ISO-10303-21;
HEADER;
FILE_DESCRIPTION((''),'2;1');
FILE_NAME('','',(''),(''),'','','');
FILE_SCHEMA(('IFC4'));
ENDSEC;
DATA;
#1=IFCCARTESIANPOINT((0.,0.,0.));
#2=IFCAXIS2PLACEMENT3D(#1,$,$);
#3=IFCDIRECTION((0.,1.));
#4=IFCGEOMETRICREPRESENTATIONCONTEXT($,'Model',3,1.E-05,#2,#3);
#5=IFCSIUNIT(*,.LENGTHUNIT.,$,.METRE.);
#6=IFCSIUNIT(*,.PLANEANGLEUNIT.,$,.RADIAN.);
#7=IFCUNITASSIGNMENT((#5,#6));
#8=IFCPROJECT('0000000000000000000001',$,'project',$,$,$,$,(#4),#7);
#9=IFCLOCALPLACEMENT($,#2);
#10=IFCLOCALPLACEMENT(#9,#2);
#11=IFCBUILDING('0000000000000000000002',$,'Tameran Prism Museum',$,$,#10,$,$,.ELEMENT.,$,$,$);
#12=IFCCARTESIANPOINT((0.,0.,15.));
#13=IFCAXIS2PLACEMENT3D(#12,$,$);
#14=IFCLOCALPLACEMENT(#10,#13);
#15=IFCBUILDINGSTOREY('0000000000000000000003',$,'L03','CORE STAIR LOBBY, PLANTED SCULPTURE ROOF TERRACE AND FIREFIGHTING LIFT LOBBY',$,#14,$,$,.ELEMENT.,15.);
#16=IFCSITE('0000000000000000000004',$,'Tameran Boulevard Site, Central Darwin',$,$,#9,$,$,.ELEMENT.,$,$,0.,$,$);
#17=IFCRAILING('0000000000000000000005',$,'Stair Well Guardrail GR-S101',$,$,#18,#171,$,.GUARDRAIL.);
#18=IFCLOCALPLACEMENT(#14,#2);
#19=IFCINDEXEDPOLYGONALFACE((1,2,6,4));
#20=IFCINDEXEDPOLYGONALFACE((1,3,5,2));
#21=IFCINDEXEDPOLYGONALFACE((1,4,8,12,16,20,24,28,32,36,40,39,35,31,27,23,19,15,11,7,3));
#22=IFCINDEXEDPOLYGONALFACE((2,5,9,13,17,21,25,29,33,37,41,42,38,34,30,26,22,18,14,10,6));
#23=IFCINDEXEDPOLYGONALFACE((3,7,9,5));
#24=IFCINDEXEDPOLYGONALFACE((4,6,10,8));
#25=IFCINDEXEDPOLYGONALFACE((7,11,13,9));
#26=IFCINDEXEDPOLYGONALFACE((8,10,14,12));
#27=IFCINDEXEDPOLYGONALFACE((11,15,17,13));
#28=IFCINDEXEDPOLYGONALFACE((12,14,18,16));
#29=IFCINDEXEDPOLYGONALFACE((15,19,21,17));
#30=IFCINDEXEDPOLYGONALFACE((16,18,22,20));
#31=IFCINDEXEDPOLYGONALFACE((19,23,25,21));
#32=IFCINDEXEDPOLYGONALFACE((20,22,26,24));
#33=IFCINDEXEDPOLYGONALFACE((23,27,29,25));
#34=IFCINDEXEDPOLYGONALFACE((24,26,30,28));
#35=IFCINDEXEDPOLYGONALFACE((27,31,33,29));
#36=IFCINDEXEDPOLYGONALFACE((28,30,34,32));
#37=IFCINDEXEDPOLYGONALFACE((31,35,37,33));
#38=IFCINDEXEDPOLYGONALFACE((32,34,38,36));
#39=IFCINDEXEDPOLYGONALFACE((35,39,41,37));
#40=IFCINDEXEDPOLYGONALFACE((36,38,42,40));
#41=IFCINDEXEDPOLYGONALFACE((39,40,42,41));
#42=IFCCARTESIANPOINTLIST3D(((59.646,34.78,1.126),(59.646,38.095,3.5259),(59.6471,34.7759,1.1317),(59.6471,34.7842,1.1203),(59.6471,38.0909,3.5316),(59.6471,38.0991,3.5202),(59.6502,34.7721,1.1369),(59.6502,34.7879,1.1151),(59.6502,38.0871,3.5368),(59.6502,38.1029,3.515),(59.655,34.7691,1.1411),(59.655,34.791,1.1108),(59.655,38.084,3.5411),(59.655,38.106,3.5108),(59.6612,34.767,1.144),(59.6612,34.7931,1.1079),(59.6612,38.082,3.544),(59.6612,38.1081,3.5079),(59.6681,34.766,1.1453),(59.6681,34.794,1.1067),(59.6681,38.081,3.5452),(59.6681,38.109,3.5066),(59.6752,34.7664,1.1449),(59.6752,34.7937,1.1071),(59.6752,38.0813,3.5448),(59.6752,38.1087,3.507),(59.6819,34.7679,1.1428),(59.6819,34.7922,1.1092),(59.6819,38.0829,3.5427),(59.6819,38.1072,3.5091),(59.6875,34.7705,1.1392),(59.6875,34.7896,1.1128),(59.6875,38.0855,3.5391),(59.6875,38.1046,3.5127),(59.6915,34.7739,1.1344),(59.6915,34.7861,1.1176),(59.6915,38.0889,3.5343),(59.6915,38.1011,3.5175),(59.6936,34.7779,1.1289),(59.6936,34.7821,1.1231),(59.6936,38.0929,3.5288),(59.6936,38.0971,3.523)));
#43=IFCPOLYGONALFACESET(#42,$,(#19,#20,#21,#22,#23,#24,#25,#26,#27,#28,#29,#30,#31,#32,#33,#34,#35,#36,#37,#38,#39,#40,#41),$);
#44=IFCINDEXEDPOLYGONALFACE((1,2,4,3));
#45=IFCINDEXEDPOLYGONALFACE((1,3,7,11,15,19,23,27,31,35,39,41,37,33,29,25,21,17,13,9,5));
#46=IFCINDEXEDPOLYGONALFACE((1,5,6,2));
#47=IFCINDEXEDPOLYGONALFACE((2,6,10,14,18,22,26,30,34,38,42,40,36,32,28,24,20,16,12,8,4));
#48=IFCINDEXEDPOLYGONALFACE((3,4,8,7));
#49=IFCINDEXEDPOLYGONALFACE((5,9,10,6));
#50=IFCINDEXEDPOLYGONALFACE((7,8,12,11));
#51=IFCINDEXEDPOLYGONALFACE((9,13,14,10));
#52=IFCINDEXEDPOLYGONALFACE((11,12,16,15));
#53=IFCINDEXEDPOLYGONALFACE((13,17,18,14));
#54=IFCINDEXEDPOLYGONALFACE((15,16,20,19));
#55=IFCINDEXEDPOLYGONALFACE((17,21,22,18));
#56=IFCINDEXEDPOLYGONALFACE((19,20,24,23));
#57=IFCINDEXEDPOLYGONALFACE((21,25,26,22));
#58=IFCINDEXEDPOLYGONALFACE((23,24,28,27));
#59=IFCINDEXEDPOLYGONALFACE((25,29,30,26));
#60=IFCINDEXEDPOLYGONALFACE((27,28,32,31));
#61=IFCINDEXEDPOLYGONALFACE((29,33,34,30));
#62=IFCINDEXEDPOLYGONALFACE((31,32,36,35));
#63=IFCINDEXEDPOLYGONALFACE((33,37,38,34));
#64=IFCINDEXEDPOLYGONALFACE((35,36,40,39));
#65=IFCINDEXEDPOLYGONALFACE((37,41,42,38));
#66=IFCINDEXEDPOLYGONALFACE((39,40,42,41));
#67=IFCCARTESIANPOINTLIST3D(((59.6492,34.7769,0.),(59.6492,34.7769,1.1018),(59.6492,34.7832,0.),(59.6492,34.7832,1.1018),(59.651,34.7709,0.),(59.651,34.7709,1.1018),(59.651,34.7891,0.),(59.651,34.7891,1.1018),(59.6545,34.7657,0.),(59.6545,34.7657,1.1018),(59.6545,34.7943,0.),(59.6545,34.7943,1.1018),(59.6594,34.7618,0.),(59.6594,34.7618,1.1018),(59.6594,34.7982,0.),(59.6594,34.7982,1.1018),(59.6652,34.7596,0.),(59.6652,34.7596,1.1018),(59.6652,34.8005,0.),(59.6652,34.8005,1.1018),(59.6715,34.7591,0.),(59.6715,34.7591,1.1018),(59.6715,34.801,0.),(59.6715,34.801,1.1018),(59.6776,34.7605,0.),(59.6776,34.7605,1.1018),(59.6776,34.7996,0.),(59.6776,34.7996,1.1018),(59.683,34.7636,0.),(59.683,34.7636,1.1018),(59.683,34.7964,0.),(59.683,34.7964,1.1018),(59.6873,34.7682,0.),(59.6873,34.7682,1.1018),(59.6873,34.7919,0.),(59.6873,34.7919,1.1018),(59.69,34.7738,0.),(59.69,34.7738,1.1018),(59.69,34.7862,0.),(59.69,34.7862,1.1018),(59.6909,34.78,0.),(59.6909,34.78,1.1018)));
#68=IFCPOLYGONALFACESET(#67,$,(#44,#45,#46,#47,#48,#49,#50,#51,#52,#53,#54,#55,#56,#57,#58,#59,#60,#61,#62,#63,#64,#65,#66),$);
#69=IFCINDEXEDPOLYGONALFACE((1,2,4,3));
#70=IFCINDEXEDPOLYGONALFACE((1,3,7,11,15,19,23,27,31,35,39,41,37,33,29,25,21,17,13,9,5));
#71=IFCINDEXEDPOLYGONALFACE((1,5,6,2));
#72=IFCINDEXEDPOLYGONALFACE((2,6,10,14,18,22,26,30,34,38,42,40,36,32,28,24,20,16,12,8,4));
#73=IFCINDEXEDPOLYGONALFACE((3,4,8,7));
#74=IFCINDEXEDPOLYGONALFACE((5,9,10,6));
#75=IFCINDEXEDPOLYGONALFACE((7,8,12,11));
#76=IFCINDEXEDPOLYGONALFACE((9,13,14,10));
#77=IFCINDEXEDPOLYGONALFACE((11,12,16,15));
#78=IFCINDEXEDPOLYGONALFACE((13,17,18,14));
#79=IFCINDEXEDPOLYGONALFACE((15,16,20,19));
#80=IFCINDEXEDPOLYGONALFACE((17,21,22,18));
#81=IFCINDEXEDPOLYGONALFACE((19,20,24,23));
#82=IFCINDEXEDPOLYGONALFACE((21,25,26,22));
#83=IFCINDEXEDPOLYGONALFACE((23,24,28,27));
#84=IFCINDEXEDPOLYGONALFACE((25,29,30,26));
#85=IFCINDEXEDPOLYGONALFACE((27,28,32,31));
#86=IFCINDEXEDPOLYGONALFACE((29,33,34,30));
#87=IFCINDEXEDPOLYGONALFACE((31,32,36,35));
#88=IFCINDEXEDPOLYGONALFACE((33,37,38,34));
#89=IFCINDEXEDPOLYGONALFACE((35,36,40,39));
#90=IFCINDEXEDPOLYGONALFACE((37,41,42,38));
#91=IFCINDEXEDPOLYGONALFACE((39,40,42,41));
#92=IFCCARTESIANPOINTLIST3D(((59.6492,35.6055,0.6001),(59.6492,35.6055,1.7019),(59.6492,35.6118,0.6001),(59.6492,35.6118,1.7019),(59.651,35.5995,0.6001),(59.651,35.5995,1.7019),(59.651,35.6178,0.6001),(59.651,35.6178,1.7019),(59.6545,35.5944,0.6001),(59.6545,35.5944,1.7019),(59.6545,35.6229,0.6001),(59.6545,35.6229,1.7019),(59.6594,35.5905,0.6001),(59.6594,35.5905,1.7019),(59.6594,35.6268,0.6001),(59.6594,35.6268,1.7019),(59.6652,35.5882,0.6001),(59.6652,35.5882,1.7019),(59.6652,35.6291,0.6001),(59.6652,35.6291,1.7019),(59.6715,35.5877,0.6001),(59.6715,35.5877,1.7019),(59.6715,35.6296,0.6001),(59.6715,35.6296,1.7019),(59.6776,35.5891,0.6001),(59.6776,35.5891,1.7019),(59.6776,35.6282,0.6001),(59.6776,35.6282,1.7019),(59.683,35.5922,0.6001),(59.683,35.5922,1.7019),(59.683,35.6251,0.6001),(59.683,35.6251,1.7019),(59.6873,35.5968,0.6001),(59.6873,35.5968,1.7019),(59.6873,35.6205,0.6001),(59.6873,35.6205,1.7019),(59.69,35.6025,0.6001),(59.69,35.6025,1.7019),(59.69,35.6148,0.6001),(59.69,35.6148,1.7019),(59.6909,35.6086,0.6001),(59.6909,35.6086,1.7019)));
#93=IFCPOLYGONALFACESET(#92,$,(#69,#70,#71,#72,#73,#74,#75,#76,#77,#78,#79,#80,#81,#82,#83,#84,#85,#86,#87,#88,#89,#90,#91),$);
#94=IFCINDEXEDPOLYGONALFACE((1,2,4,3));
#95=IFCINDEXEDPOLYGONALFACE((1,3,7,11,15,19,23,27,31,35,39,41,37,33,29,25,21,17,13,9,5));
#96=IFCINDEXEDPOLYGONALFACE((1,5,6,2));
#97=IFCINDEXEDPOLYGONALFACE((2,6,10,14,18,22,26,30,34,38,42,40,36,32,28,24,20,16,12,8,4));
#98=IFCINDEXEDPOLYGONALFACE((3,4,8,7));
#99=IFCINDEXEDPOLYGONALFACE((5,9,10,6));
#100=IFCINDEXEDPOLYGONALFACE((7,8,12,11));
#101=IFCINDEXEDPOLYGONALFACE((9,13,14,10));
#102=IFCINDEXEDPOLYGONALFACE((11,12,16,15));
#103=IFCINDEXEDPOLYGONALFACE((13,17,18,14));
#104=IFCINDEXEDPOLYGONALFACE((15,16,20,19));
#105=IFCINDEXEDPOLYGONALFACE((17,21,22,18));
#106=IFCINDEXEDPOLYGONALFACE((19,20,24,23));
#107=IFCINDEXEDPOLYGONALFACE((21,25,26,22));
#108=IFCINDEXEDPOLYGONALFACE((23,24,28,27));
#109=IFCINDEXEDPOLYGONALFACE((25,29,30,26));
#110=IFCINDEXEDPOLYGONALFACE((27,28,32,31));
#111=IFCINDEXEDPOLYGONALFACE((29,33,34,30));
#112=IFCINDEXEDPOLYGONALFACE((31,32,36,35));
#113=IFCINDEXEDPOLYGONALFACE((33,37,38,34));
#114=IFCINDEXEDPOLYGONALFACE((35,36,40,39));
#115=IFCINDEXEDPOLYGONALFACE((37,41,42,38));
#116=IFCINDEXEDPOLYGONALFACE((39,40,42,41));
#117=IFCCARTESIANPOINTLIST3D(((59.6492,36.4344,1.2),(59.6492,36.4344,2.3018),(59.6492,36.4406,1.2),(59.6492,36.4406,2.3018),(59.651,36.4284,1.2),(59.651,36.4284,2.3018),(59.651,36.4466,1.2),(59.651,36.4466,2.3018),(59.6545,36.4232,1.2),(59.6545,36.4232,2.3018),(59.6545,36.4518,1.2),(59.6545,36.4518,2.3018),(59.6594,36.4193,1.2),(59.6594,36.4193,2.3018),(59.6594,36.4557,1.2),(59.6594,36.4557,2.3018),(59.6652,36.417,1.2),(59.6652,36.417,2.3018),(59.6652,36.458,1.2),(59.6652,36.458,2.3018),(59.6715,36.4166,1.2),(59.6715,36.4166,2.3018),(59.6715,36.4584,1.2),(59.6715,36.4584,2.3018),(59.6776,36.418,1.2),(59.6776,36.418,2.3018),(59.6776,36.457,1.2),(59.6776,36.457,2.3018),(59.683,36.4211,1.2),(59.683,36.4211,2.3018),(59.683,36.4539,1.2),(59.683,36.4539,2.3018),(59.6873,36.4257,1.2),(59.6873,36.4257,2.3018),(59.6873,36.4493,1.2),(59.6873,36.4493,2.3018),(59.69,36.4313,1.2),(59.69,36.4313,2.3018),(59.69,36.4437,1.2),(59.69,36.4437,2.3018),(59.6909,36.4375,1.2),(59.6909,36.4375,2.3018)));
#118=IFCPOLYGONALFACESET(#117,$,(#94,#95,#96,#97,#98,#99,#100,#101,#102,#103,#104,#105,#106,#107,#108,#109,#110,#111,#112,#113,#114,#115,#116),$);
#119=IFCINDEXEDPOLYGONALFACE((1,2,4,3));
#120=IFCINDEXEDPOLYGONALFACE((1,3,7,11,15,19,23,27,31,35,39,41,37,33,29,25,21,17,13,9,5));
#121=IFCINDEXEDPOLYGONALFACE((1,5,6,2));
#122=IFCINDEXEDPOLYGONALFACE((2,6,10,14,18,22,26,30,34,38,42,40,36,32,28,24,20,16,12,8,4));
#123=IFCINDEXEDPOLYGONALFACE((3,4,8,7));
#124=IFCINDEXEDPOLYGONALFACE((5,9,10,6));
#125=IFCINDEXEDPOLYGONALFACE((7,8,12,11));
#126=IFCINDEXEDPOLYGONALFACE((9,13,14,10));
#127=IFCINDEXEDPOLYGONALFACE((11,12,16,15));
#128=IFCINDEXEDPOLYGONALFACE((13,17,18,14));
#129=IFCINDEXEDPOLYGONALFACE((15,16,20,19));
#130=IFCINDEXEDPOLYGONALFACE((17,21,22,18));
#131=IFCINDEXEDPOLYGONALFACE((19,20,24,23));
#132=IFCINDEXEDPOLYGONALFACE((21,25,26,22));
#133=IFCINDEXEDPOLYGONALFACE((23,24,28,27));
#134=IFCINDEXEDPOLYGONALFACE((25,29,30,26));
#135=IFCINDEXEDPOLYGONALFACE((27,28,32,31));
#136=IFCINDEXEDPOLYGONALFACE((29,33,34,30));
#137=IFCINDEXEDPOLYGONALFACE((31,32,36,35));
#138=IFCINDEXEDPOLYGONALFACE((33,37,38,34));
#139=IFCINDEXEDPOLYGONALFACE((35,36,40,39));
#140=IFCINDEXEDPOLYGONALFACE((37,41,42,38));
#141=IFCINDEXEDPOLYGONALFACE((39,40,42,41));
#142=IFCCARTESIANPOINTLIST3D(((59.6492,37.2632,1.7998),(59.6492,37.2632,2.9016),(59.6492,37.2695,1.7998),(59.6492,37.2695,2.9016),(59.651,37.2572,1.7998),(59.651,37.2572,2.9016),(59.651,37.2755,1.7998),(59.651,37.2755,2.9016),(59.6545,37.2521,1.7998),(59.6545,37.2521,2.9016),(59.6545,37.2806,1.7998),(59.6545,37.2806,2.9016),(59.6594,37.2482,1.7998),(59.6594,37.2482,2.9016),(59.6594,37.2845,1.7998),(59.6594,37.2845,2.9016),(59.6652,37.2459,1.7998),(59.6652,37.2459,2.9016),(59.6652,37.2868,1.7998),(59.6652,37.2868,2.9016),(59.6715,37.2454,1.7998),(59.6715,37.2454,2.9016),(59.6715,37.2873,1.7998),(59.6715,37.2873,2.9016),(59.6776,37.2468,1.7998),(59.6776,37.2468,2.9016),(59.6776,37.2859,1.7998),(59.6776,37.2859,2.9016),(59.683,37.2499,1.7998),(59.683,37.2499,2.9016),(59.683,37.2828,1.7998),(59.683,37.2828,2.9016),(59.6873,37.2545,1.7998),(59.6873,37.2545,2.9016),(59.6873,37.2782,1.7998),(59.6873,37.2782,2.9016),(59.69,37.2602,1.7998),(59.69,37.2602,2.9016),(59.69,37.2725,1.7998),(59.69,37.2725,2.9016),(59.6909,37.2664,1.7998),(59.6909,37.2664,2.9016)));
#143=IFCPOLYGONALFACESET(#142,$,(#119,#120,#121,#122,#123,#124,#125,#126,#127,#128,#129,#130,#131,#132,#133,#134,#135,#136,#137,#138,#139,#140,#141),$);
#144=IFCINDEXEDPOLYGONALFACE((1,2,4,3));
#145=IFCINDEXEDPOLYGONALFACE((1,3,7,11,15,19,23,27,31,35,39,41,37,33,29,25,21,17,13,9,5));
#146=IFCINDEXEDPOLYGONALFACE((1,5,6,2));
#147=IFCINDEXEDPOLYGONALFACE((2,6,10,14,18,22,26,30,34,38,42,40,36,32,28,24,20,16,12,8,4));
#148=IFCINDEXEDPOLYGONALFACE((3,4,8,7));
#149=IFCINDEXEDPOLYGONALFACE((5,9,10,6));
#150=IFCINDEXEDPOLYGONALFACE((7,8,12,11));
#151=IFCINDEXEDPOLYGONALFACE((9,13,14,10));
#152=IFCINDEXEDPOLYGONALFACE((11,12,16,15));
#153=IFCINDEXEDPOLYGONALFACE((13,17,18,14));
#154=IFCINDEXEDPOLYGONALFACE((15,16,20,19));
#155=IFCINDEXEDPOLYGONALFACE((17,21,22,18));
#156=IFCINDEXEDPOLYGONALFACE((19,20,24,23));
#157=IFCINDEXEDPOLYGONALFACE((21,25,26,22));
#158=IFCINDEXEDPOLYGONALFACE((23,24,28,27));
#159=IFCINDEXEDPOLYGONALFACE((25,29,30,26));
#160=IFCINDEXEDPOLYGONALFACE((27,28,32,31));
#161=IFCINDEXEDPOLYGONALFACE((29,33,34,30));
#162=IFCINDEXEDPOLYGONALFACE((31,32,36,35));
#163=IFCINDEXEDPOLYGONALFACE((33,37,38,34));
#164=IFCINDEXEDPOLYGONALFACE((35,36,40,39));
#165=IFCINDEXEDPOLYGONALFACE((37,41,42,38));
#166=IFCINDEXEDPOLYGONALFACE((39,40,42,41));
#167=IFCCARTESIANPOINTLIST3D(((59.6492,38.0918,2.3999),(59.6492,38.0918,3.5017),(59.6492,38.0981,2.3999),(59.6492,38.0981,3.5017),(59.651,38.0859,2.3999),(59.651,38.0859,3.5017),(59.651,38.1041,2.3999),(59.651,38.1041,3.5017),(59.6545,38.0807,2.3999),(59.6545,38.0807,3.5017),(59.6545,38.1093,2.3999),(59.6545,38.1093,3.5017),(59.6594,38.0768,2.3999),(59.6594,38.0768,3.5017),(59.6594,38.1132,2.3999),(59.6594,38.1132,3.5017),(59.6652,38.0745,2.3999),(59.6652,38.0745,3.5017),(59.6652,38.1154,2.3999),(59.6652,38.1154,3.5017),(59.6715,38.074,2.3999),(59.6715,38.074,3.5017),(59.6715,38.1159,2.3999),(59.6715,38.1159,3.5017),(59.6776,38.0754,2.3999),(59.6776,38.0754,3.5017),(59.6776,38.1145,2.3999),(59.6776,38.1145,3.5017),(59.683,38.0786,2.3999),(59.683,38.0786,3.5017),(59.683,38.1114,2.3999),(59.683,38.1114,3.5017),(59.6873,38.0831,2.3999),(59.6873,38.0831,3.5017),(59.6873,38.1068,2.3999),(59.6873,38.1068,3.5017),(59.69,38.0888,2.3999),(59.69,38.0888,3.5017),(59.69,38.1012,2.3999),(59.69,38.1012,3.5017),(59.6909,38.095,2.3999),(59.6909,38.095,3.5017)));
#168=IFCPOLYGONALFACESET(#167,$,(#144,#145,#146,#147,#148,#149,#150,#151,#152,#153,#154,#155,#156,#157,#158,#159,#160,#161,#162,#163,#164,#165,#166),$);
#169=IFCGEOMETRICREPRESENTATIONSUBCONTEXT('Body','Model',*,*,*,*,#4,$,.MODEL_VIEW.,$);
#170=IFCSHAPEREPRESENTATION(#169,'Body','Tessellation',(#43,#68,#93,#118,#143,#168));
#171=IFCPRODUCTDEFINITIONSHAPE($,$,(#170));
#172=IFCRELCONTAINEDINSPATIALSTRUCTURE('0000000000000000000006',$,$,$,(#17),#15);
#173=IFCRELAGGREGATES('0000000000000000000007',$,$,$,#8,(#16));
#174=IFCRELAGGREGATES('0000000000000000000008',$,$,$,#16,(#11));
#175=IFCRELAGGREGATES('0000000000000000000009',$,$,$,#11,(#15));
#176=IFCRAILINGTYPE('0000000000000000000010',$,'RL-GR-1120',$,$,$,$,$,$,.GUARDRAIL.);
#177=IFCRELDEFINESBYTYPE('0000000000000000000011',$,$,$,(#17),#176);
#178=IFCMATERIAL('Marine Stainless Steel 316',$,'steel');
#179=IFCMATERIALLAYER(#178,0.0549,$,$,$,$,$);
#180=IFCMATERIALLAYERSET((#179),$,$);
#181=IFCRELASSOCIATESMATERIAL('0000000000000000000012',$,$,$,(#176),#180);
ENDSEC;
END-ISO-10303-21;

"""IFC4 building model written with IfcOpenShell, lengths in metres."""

from ifc_helpers import new_model, si_unit, direction, frame, origin, origin_2d, place, context, subcontext, project, spatial, circle, extrude, material, layer, layer_set, type_object, element, save


model = new_model("IFC4")

# Units and contexts
model_context = context("Model", 3, precision=1e-05, world=origin(), true_north=direction((0.0, 1.0)))
body_context = subcontext(model_context, "Body", "Model", "MODEL_VIEW")
ifc_project = project(units=[si_unit("LENGTHUNIT", "METRE"), si_unit("PLANEANGLEUNIT", "RADIAN")], contexts=[model_context])

# Site, building, storey
site_placement = place(None, origin())
site = spatial("IfcSite", under=ifc_project, at=site_placement, Name="Tameran Boulevard Site, Central Darwin", CompositionType="ELEMENT", RefElevation=0.0)
building_placement = place(site_placement, origin())
building = spatial("IfcBuilding", under=site, at=building_placement, Name="Tameran Prism Museum", CompositionType="ELEMENT")
storey_placement = place(building_placement, frame((0.0, 0.0, 15.0)))
storey = spatial("IfcBuildingStorey", under=building, at=storey_placement, Name="L03", Description="CORE STAIR LOBBY, PLANTED SCULPTURE ROOF TERRACE AND FIREFIGHTING LIFT LOBBY", CompositionType="ELEMENT", Elevation=15.0)

# Railing
ifc_material_1 = material(Name="Marine Stainless Steel 316", Category="steel")
ifc_layer_1 = layer(ifc_material_1, 0.0549)
ifc_layer_set_1 = layer_set([ifc_layer_1])
railing_type_1 = type_object("IfcRailingType", Name="RL-GR-1120", PredefinedType="GUARDRAIL", material=ifc_layer_set_1)
railing_1_placement = place(storey_placement, frame((59.6699, 34.78, 0.0)))
element("IfcRailing", 1, at=railing_1_placement, inside=storey, type_object=railing_type_1, Name="Stair Well Guardrail GR-S101", PredefinedType="GUARDRAIL", context=body_context, shape_type="SweptSolid", body=[
    extrude(circle(Radius=0.0239, at=origin_2d()), frame((0.0, 0.0, 1.126), z_axis=(0.0, 0.810009, 0.586418), x_axis=(-1.0, 0.0, 0.0)), (0.0, 0.0, 1.0), 4.0925),
    extrude(circle(Radius=0.021, at=origin_2d()), origin(), (0.0, 0.0, 1.0), 1.1018),
    extrude(circle(Radius=0.021, at=origin_2d()), frame((0.0, 0.8286, 0.6001)), (0.0, 0.0, 1.0), 1.1018),
    extrude(circle(Radius=0.021, at=origin_2d()), frame((0.0, 1.6575, 1.2)), (0.0, 0.0, 1.0), 1.1018),
    extrude(circle(Radius=0.021, at=origin_2d()), frame((0.0, 2.4863, 1.7998)), (0.0, 0.0, 1.0), 1.1018),
    extrude(circle(Radius=0.021, at=origin_2d()), frame((0.0, 3.3149, 2.3999)), (0.0, 0.0, 1.0), 1.1018),
])

save(model, "model.ifc")
